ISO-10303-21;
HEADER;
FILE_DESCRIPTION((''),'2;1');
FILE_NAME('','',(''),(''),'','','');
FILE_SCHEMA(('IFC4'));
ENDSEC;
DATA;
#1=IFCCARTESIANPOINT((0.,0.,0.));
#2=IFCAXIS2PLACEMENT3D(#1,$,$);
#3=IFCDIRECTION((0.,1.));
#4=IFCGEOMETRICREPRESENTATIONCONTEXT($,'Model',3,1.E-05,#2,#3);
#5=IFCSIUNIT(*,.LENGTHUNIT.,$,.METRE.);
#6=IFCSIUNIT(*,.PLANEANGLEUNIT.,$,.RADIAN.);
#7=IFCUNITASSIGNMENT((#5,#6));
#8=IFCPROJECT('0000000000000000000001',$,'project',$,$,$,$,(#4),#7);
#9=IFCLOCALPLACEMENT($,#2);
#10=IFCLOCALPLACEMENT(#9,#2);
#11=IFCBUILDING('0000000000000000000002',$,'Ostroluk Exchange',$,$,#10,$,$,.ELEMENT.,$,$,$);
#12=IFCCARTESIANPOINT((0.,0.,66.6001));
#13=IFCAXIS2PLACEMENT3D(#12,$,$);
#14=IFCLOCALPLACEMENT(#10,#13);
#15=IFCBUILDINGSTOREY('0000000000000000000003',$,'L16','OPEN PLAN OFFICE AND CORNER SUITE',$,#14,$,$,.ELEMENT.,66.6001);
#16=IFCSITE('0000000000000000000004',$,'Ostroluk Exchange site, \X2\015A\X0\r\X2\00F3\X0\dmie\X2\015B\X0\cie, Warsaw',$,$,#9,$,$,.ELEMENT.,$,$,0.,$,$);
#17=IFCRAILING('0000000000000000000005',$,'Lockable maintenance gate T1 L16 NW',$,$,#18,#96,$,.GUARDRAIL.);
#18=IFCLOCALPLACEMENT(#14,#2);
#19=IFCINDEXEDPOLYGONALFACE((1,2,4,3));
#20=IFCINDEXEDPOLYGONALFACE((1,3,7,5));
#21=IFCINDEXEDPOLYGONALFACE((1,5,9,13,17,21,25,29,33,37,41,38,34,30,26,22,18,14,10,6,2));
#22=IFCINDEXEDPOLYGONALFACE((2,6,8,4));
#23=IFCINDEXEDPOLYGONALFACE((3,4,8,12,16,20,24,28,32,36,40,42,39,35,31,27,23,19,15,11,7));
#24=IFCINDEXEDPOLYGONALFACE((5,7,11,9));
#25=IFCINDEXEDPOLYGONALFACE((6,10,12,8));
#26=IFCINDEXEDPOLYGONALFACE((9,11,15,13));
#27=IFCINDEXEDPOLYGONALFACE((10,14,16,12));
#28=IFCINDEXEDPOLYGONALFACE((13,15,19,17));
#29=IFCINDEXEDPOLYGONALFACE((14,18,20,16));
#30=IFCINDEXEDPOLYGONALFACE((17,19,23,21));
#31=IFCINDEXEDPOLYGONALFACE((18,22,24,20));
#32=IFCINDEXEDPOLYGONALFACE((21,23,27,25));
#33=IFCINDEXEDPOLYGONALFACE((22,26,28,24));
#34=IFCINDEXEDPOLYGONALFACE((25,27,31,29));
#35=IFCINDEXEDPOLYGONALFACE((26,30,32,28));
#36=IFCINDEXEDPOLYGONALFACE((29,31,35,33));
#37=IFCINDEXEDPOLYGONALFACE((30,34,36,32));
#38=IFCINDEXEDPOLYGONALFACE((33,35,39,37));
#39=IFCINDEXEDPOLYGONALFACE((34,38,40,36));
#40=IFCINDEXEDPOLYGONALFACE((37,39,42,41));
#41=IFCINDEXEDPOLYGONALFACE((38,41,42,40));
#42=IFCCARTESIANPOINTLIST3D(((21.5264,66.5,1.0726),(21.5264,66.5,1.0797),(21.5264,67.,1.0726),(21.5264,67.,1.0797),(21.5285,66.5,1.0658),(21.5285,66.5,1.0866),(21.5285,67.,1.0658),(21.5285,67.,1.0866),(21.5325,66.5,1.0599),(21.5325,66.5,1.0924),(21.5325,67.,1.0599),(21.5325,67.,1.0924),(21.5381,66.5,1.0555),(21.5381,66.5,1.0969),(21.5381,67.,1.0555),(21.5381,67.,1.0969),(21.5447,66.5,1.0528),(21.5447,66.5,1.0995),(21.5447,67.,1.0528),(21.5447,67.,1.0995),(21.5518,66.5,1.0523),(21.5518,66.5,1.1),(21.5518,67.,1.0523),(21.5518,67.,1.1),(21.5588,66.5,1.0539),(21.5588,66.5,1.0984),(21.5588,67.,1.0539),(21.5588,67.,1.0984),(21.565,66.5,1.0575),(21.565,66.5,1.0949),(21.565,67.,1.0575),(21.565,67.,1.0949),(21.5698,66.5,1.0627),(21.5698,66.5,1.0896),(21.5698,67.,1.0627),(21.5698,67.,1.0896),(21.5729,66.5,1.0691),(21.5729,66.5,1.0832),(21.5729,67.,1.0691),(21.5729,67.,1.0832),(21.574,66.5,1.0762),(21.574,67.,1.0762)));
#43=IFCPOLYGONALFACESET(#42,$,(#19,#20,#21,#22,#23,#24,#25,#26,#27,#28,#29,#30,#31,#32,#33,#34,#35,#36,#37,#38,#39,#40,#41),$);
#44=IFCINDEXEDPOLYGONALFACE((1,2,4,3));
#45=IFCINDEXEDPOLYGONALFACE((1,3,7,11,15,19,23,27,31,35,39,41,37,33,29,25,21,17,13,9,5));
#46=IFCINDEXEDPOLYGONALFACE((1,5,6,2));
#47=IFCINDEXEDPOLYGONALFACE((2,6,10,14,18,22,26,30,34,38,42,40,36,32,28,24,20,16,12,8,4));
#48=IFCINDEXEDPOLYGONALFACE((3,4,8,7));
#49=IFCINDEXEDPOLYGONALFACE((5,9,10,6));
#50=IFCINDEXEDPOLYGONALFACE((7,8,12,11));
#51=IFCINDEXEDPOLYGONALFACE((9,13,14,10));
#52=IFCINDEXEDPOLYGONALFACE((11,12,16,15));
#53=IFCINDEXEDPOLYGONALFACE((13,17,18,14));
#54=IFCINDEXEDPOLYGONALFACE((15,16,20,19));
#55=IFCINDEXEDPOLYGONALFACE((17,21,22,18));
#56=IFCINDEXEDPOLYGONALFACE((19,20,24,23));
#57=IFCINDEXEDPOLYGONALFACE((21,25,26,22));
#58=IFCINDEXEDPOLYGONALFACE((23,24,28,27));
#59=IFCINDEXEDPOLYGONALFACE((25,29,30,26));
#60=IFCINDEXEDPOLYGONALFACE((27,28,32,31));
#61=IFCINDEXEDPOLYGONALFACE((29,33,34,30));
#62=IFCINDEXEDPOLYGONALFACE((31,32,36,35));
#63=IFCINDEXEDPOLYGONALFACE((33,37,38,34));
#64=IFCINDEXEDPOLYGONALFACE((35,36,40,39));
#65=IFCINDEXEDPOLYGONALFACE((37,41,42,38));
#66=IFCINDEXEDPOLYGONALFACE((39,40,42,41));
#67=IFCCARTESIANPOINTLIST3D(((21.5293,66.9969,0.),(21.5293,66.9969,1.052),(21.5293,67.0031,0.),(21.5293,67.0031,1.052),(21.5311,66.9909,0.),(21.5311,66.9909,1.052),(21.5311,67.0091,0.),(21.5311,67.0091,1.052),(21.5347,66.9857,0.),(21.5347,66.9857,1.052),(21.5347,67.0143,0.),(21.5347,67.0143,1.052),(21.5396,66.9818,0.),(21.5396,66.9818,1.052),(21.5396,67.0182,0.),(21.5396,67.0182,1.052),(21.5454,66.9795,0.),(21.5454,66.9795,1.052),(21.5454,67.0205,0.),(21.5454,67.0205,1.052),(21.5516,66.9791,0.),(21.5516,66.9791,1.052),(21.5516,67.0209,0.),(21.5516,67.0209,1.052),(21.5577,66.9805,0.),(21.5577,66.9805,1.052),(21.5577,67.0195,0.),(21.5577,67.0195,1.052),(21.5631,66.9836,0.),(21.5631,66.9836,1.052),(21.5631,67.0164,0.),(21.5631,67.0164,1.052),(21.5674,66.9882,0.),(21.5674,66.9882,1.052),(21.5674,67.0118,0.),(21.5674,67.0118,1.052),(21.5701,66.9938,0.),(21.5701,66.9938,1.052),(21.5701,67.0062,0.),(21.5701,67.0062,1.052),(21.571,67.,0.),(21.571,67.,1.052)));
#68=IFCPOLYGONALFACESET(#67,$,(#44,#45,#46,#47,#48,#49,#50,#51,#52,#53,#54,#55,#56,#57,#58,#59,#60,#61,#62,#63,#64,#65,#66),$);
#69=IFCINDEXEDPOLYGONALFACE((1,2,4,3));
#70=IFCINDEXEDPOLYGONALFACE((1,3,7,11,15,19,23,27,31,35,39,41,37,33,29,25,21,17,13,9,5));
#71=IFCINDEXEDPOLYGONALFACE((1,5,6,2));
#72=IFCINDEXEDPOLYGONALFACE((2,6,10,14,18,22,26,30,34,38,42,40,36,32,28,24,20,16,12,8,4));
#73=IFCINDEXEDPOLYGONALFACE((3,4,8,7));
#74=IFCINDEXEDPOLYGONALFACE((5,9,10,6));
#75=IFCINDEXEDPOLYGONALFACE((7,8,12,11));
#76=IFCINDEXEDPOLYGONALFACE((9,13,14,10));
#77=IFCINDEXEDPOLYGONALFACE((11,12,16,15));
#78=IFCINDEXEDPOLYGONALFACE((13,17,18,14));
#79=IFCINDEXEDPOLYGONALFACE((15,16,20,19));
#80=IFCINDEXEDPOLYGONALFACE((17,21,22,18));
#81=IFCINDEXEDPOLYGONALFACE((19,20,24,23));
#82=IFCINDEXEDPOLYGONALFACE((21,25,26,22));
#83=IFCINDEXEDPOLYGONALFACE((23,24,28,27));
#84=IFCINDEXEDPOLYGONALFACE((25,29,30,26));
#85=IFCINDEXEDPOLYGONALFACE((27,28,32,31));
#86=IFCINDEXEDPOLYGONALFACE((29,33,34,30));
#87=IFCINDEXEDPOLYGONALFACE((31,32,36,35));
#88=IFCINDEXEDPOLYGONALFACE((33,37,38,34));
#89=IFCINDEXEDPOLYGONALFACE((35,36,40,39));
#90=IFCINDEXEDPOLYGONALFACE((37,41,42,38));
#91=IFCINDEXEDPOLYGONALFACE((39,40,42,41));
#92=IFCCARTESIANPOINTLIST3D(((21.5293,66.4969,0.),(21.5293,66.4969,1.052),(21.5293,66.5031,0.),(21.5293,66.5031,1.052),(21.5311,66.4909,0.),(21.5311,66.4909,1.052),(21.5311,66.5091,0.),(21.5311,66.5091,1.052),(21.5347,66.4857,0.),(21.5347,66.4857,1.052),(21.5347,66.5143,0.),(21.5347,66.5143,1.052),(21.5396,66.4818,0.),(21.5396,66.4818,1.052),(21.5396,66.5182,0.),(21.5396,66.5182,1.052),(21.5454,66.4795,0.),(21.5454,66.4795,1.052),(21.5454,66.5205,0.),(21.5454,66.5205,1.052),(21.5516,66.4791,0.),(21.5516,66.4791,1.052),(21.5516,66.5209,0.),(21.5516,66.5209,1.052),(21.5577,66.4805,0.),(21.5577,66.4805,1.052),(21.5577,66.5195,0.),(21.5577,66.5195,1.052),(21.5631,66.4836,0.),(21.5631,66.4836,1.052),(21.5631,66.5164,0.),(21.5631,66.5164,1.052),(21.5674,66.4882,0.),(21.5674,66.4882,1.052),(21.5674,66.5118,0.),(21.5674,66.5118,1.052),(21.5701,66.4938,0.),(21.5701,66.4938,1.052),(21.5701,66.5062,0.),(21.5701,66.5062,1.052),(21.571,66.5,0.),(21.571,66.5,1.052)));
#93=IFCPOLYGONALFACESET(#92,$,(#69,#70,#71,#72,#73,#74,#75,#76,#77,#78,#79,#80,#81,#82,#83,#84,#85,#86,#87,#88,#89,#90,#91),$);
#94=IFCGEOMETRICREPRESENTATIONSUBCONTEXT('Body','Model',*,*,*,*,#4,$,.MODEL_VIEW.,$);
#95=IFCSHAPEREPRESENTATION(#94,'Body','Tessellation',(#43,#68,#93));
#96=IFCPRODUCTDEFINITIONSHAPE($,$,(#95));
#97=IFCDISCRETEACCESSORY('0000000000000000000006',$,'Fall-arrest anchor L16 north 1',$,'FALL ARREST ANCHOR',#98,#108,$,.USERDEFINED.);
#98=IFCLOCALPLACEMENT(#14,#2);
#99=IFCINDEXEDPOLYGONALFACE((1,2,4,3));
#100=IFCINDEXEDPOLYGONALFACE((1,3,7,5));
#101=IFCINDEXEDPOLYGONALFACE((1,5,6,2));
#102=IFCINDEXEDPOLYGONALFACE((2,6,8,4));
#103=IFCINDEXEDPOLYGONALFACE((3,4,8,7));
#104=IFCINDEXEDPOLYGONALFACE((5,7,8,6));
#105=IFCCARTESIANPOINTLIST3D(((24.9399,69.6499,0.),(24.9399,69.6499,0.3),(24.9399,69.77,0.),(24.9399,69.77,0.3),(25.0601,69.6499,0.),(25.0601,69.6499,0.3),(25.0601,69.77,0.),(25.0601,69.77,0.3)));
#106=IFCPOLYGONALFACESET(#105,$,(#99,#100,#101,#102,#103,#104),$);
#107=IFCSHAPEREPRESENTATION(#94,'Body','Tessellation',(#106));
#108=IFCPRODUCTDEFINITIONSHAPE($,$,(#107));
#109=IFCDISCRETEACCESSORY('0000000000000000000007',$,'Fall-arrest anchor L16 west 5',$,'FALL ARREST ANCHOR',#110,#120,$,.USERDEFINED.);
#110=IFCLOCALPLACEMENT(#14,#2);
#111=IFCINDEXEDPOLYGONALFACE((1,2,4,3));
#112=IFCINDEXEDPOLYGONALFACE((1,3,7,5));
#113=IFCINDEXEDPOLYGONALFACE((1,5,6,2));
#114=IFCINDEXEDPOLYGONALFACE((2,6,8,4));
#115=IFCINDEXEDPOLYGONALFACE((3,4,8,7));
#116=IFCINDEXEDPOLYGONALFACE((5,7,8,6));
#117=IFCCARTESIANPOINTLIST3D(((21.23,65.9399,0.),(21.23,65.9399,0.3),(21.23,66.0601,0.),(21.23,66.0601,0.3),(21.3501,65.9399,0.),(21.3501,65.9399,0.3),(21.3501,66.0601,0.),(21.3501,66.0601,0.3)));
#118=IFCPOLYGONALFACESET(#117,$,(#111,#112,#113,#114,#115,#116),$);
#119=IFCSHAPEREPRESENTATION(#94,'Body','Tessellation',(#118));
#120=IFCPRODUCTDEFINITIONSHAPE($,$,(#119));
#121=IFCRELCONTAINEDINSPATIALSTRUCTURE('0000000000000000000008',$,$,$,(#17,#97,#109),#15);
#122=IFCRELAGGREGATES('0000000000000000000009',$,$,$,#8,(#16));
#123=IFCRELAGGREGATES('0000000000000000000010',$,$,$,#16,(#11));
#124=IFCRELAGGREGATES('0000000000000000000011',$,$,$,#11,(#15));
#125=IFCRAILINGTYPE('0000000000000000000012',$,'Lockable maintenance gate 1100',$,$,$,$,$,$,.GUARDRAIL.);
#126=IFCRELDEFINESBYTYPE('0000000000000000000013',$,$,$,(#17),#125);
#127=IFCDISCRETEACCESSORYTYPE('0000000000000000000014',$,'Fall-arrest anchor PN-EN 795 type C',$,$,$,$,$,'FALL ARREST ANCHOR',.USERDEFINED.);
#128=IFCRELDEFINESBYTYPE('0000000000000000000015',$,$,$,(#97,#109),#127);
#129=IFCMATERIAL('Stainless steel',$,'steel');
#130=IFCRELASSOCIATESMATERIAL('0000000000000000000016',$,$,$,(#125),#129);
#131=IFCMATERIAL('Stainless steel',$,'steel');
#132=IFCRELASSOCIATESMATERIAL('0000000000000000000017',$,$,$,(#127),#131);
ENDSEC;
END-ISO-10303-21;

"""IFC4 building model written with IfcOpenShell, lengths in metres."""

from ifc_helpers import new_model, si_unit, direction, frame, origin, origin_2d, place, context, subcontext, project, spatial, rectangle, circle, extrude, material, type_object, element, save


model = new_model("IFC4")

# Units and contexts
model_context = context("Model", 3, precision=1e-05, world=origin(), true_north=direction((0.0, 1.0)))
body_context = subcontext(model_context, "Body", "Model", "MODEL_VIEW")
ifc_project = project(units=[si_unit("LENGTHUNIT", "METRE"), si_unit("PLANEANGLEUNIT", "RADIAN")], contexts=[model_context])

# Site, building, storey
site_placement = place(None, origin())
site = spatial("IfcSite", under=ifc_project, at=site_placement, Name="Ostroluk Exchange site, Śródmieście, Warsaw", CompositionType="ELEMENT", RefElevation=0.0)
building_placement = place(site_placement, origin())
building = spatial("IfcBuilding", under=site, at=building_placement, Name="Ostroluk Exchange", CompositionType="ELEMENT")
storey_placement = place(building_placement, frame((0.0, 0.0, 66.6001)))
storey = spatial("IfcBuildingStorey", under=building, at=storey_placement, Name="L16", Description="OPEN PLAN OFFICE AND CORNER SUITE", CompositionType="ELEMENT", Elevation=66.6001)

# Railing
ifc_material_1 = material(Name="Stainless steel", Category="steel")
railing_type_1 = type_object("IfcRailingType", Name="Lockable maintenance gate 1100", PredefinedType="GUARDRAIL", material=ifc_material_1)
railing_1_placement = place(storey_placement, frame((21.55, 67.0, 0.0)))
element("IfcRailing", 1, at=railing_1_placement, inside=storey, type_object=railing_type_1, Name="Lockable maintenance gate T1 L16 NW", PredefinedType="GUARDRAIL", context=body_context, shape_type="SweptSolid", body=[
    extrude(circle(Radius=0.0239, at=origin_2d()), frame((0.0, 0.0, 1.0762), z_axis=(0.0, -1.0, 0.0), x_axis=(1.0, 0.0, 0.0)), (0.0, 0.0, 1.0), 0.5),
    extrude(circle(Radius=0.021, at=origin_2d()), origin(), (0.0, 0.0, 1.0), 1.052),
    extrude(circle(Radius=0.021, at=origin_2d()), frame((0.0, -0.5, 0.0)), (0.0, 0.0, 1.0), 1.052),
])

# Discrete accessories
ifc_material_2 = material(Name="Stainless steel", Category="steel")
discrete_accessory_type = type_object("IfcDiscreteAccessoryType", Name="Fall-arrest anchor PN-EN 795 type C", ElementType="FALL ARREST ANCHOR", PredefinedType="USERDEFINED", material=ifc_material_2)
for number, where, z_axis, x_axis, name in (
    (2, (25.0, 69.71, 0.0), (0.0, 0.0, 1.0), (1.0, 0.0, 0.0), "Fall-arrest anchor L16 north 1"),
    (3, (21.29, 66.0, 0.0), (0.0, 0.0, 1.0), (1.0, 0.0, 0.0), "Fall-arrest anchor L16 west 5"),
):
    element("IfcDiscreteAccessory", number, at=place(storey_placement, frame(where, z_axis=z_axis, x_axis=x_axis)), inside=storey, type_object=discrete_accessory_type, Name=name, ObjectType="FALL ARREST ANCHOR", PredefinedType="USERDEFINED", context=body_context, shape_type="SweptSolid", body=[
        extrude(rectangle(XDim=0.1201, YDim=0.1201, at=origin_2d()), origin(), (0.0, 0.0, 1.0), 0.3),
    ])

save(model, "model.ifc")
